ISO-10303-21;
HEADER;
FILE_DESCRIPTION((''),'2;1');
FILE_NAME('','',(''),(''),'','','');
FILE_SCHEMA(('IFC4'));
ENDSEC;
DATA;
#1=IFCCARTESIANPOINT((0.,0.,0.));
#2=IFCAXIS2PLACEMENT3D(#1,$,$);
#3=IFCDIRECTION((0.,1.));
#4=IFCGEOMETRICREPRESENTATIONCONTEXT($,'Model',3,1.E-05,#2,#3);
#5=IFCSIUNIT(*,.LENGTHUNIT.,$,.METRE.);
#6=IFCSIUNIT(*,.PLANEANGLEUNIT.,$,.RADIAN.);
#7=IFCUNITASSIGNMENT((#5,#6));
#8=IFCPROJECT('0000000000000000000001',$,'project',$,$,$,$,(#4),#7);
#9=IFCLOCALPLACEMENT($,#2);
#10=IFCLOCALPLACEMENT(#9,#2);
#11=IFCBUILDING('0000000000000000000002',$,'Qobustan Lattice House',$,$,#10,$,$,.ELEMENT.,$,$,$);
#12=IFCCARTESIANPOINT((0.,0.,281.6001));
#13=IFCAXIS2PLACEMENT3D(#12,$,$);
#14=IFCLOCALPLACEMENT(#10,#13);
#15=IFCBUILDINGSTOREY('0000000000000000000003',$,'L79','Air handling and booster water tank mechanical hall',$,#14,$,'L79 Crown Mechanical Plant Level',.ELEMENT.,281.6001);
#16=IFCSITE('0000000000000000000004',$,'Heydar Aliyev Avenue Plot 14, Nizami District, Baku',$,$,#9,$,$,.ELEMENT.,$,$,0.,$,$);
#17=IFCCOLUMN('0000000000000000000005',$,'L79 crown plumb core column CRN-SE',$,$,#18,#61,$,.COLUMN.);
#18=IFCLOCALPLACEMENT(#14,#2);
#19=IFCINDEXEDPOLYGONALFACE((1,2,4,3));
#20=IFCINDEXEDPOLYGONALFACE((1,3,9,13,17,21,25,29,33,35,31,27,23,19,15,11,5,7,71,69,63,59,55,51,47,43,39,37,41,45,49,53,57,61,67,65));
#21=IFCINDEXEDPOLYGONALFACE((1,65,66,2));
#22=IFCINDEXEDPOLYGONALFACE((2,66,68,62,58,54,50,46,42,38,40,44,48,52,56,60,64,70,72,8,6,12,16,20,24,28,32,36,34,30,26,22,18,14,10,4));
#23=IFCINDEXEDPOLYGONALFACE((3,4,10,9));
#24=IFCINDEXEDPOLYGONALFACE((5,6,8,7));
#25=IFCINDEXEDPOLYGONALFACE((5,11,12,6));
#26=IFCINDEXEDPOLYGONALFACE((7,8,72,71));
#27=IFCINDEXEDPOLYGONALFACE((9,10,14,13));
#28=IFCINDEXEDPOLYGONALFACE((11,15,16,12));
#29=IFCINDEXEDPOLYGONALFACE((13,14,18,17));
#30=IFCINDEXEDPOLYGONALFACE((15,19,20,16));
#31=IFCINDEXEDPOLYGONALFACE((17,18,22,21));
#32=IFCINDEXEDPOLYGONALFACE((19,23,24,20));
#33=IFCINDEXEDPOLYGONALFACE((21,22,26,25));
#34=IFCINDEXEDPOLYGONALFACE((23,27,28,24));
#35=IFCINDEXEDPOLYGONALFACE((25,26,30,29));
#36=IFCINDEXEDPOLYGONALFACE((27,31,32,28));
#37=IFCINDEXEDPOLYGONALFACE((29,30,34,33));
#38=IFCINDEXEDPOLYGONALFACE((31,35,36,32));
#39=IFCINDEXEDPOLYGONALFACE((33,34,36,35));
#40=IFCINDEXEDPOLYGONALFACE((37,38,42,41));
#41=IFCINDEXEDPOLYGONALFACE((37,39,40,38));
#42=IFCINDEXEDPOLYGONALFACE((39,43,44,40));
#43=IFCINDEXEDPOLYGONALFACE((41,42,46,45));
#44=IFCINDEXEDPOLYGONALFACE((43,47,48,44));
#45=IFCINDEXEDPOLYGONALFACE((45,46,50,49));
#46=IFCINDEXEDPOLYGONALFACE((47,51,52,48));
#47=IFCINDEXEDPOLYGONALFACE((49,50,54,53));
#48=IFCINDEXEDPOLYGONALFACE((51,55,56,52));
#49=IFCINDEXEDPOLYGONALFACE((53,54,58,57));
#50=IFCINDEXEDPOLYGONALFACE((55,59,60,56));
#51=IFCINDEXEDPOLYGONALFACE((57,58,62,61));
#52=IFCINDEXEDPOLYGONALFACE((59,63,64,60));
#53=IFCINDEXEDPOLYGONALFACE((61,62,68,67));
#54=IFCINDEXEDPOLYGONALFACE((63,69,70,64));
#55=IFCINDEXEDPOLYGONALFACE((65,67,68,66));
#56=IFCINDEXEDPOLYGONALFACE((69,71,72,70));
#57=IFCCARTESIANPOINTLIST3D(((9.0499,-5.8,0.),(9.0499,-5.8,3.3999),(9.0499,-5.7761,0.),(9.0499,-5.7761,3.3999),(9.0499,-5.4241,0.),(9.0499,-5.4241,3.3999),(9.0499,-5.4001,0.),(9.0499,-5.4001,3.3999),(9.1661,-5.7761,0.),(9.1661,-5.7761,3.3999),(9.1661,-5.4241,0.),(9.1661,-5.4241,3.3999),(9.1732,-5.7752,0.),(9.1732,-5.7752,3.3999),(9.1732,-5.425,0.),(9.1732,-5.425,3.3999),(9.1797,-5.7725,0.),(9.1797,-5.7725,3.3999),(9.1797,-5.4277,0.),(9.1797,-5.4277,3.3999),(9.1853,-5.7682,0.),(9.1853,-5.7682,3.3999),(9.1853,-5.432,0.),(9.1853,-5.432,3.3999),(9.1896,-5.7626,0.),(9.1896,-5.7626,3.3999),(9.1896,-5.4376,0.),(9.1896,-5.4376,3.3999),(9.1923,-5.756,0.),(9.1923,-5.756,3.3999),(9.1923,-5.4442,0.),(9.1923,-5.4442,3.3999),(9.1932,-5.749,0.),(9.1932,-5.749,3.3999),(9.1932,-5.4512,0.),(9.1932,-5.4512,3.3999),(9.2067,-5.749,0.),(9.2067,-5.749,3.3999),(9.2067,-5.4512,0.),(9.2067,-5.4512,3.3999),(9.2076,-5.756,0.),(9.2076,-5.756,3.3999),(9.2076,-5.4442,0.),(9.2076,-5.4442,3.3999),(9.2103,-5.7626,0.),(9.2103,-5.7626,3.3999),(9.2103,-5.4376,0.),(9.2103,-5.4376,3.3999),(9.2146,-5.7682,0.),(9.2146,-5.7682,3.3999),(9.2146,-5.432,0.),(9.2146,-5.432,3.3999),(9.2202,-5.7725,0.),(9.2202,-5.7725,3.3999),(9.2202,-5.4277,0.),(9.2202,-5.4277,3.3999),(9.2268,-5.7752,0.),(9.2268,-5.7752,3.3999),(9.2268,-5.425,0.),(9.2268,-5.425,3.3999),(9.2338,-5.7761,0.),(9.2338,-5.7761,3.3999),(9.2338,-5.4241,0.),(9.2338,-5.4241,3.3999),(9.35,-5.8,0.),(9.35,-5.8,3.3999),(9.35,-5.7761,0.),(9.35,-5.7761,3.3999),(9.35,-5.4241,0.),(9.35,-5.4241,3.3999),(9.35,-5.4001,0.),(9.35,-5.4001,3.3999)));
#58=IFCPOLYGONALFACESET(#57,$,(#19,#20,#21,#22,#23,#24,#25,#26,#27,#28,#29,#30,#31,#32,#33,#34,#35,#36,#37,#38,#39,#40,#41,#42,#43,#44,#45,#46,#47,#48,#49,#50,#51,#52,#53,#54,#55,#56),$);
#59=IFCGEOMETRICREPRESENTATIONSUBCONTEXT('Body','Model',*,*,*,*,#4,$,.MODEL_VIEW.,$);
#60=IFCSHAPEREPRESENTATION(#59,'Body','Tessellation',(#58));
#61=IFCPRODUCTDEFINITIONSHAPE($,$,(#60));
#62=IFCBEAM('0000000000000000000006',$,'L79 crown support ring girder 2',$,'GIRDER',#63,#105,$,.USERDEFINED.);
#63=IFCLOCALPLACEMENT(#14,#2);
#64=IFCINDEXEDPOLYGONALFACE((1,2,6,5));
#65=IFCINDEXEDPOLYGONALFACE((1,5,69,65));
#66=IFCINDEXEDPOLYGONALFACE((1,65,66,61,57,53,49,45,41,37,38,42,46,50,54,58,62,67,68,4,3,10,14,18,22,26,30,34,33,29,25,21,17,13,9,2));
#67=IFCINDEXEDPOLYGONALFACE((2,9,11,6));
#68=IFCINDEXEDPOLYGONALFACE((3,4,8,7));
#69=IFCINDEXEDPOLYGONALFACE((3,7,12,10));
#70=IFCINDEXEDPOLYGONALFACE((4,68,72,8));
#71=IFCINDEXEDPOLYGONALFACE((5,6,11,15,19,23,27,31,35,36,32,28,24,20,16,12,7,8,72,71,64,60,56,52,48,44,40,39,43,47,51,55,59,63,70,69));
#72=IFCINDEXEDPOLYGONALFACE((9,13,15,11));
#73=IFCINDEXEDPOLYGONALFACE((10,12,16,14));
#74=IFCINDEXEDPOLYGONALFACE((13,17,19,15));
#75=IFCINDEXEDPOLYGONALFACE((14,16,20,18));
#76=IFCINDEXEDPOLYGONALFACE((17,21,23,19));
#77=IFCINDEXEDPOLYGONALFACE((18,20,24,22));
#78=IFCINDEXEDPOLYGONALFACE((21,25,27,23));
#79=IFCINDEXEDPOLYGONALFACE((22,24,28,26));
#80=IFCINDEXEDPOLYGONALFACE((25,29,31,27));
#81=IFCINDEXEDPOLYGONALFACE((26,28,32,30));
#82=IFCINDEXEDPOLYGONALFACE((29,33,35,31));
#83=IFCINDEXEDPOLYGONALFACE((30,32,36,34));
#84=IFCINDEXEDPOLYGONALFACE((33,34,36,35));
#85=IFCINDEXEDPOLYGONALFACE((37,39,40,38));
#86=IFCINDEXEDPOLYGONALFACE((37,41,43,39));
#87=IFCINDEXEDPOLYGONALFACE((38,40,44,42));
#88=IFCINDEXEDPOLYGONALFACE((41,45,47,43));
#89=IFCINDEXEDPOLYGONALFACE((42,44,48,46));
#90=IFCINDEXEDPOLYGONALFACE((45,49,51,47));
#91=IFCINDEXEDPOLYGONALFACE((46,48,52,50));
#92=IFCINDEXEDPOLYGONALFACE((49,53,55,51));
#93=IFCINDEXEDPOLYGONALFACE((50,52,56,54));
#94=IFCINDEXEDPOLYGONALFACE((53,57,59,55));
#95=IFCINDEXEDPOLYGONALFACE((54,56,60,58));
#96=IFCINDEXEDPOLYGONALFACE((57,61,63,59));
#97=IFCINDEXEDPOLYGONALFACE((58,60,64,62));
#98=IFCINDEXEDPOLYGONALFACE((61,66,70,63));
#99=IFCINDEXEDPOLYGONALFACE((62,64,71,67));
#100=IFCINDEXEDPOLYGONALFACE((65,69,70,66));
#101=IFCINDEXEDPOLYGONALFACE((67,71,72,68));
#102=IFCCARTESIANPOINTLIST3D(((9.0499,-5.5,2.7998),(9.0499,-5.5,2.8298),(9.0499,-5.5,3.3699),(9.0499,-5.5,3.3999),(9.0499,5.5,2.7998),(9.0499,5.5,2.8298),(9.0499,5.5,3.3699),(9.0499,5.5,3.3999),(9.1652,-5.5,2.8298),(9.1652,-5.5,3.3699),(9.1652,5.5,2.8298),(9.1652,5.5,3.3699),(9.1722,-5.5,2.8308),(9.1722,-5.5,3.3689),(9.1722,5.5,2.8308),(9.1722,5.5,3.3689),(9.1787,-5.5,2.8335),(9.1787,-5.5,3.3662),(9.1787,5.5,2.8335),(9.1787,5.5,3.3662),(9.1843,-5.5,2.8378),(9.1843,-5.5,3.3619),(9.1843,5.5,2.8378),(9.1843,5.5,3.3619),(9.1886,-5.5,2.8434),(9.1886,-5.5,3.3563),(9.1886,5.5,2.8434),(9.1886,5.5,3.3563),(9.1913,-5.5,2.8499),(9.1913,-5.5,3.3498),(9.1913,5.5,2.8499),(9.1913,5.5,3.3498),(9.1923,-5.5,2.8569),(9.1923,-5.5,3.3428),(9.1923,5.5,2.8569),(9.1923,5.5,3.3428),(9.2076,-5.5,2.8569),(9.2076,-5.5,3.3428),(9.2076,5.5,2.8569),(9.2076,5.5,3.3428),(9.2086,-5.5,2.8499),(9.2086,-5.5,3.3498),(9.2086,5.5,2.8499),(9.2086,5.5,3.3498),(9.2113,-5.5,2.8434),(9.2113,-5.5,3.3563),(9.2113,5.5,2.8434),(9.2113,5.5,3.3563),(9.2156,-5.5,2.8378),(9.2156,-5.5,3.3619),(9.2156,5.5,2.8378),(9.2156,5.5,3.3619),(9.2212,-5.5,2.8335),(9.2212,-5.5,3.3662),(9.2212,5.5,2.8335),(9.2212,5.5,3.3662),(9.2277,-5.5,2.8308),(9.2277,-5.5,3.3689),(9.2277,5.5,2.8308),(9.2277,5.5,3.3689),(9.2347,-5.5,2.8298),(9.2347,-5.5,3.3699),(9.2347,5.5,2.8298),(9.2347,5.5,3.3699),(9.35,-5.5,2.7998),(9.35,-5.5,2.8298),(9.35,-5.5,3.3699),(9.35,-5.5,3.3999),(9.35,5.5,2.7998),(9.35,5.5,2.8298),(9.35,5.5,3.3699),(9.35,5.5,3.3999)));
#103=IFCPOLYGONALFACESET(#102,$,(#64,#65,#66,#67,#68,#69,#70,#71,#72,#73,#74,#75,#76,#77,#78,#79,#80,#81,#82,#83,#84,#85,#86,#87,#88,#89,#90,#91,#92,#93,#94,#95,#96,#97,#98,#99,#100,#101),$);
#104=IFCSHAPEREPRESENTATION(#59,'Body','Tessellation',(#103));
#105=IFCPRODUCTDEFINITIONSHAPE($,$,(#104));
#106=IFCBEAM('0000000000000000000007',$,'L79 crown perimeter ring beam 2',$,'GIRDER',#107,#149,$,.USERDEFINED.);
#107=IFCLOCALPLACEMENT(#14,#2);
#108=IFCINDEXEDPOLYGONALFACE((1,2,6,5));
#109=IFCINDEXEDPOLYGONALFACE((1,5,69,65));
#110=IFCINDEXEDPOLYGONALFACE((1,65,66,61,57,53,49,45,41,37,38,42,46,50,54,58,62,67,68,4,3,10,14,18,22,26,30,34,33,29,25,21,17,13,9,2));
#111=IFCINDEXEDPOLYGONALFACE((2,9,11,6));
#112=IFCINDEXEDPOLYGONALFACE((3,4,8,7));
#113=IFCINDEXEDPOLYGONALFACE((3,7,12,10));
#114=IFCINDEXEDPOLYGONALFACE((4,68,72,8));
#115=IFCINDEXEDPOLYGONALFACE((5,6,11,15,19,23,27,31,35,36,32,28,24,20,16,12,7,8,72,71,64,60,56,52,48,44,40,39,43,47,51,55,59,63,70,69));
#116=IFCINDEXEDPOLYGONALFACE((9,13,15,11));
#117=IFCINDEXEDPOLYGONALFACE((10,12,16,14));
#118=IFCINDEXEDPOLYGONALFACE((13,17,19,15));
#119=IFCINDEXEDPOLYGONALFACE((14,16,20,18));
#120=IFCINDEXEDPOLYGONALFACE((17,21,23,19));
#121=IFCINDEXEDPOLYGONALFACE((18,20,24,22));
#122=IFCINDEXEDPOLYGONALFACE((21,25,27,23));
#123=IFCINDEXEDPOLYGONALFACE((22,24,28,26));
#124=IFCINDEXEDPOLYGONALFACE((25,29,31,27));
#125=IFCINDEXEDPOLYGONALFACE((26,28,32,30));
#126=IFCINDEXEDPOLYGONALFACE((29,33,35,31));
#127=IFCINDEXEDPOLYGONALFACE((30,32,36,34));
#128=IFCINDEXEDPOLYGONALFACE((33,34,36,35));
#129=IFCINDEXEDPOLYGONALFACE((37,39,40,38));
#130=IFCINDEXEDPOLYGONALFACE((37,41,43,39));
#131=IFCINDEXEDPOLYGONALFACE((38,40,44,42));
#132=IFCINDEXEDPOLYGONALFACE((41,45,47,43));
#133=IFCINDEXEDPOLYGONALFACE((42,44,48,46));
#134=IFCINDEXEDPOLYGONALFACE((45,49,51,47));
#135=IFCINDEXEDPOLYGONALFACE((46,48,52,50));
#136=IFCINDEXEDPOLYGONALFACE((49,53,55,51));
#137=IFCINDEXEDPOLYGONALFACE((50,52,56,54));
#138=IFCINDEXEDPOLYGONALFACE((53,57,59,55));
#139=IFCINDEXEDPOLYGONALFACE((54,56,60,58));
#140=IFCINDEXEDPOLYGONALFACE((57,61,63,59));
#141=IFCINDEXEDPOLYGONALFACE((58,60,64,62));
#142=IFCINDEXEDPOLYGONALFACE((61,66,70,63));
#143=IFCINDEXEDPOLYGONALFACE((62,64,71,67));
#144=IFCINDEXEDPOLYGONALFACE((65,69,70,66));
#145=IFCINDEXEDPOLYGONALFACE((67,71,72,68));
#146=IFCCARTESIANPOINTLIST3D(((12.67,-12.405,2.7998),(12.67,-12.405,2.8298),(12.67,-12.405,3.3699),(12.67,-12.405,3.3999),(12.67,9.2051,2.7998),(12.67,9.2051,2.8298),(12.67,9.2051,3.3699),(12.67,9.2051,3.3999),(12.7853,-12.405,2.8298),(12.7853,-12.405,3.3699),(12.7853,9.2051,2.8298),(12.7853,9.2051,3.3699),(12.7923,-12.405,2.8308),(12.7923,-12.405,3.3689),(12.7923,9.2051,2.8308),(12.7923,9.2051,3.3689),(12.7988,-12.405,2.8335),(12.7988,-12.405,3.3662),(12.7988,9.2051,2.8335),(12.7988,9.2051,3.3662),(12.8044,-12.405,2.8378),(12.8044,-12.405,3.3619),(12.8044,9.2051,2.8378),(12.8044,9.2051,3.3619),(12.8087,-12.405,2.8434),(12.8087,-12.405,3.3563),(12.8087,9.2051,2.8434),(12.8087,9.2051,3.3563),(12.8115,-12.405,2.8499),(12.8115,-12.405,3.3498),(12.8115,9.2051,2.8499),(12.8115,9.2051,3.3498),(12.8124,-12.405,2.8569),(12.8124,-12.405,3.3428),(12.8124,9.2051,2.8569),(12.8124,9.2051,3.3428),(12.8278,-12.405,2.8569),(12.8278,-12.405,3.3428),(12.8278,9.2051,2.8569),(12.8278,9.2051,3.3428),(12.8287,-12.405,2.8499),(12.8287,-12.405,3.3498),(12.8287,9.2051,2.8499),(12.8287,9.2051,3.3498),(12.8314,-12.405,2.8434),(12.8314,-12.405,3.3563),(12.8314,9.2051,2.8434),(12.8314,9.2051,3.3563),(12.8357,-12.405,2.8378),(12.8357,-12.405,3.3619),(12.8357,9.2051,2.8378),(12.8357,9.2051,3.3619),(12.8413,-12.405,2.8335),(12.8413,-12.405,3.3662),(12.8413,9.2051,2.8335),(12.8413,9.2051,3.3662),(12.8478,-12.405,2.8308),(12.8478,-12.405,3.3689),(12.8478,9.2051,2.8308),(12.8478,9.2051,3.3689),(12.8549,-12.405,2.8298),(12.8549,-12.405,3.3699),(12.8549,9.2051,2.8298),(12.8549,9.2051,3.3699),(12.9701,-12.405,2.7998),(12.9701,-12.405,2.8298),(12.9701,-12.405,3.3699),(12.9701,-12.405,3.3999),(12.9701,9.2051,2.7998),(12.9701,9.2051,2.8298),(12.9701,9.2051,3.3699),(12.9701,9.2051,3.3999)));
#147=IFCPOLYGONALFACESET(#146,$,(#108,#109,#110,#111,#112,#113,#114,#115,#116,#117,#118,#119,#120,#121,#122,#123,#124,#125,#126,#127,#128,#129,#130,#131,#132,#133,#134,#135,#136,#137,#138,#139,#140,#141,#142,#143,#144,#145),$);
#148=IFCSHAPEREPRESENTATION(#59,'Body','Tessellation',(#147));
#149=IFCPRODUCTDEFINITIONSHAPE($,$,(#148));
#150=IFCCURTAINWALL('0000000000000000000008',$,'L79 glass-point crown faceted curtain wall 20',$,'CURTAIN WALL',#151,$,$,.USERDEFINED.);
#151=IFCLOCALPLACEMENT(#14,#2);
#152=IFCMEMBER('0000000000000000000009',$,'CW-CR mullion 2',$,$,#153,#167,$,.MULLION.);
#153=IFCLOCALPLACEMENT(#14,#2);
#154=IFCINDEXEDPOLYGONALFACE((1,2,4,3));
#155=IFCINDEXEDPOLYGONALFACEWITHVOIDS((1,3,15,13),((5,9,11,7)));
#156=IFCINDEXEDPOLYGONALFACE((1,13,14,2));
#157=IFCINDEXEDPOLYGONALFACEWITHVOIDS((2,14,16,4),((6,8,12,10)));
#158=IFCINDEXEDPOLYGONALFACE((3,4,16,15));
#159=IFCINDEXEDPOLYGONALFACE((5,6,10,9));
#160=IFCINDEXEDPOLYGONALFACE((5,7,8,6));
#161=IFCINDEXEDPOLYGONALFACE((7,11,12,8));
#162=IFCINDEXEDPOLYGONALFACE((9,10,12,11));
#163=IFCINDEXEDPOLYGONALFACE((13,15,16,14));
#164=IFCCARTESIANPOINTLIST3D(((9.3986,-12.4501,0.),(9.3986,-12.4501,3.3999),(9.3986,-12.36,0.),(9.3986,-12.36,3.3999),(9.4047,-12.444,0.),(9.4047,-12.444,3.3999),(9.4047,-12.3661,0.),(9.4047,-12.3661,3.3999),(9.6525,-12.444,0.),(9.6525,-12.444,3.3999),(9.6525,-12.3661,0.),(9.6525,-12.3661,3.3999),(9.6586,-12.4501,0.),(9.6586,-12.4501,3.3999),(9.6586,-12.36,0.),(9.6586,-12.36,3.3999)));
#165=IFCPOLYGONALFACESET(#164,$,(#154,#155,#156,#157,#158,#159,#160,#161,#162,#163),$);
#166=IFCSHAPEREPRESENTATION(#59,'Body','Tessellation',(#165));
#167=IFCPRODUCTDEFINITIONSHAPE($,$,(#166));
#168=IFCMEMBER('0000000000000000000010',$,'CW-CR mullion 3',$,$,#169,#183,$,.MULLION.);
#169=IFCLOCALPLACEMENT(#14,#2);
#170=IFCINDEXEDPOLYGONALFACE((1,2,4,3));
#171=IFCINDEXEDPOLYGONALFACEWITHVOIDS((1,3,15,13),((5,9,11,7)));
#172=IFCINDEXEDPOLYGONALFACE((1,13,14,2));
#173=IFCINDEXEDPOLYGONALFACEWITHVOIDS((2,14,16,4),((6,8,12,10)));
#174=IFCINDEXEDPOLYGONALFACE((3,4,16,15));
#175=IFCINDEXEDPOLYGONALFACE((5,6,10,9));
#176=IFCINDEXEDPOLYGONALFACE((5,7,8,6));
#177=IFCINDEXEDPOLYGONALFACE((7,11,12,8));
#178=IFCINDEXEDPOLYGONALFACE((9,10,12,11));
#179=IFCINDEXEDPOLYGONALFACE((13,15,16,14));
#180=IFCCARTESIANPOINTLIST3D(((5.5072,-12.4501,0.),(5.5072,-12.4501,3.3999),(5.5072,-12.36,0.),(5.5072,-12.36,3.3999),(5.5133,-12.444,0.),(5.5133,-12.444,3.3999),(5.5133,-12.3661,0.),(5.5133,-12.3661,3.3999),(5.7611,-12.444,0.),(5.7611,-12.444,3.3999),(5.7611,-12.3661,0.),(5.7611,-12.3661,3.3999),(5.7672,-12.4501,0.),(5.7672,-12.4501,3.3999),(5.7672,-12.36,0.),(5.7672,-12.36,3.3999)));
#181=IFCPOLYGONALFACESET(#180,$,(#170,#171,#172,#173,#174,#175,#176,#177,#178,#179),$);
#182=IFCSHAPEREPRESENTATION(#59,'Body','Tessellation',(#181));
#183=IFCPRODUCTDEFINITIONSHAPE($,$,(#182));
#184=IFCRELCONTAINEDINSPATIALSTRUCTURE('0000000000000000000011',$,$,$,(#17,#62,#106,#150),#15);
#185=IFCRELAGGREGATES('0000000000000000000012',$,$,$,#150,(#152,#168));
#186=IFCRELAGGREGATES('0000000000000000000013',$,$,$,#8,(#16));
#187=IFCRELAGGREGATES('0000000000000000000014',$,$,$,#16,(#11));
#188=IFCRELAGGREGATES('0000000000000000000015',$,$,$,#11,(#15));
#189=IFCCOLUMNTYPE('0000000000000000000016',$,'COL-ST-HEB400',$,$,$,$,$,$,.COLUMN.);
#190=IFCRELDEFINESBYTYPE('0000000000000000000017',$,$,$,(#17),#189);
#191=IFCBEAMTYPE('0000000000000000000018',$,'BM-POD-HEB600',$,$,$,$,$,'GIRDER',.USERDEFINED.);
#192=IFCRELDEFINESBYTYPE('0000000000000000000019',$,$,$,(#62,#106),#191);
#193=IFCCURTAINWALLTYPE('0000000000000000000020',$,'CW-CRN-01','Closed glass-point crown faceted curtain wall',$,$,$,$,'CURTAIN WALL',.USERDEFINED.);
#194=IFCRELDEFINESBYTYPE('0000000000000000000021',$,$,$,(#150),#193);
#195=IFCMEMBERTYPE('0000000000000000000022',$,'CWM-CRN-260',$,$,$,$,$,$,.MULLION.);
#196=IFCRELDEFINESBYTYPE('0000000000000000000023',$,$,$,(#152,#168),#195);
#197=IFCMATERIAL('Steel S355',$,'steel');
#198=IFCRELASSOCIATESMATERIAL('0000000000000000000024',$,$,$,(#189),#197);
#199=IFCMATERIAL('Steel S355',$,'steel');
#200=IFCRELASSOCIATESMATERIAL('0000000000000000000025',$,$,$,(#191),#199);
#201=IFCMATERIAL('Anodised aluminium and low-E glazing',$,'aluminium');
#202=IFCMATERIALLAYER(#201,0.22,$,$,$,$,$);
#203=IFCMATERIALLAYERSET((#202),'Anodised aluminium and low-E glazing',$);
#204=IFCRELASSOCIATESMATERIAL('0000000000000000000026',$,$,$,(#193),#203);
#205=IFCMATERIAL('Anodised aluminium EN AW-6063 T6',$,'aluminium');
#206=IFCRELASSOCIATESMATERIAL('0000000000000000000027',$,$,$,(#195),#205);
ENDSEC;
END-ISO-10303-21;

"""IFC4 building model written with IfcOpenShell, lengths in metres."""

from ifc_helpers import new_model, si_unit, direction, frame, origin, origin_2d, place, context, subcontext, project, spatial, hollow_rectangle, i_section, extrude, material, layer, layer_set, material_profile, profile_set, type_object, element, aggregate, save


model = new_model("IFC4")

# Units and contexts
model_context = context("Model", 3, precision=1e-05, world=origin(), true_north=direction((0.0, 1.0)))
body_context = subcontext(model_context, "Body", "Model", "MODEL_VIEW")
ifc_project = project(units=[si_unit("LENGTHUNIT", "METRE"), si_unit("PLANEANGLEUNIT", "RADIAN")], contexts=[model_context])

# Site, building, storey
site_placement = place(None, origin())
site = spatial("IfcSite", under=ifc_project, at=site_placement, Name="Heydar Aliyev Avenue Plot 14, Nizami District, Baku", CompositionType="ELEMENT", RefElevation=0.0)
building_placement = place(site_placement, origin())
building = spatial("IfcBuilding", under=site, at=building_placement, Name="Qobustan Lattice House", CompositionType="ELEMENT")
storey_placement = place(building_placement, frame((0.0, 0.0, 281.6001)))
storey = spatial("IfcBuildingStorey", under=building, at=storey_placement, Name="L79", Description="Air handling and booster water tank mechanical hall", LongName="L79 Crown Mechanical Plant Level", CompositionType="ELEMENT", Elevation=281.6001)

# Column
ifc_material_1 = material(Name="Steel S355", Category="steel")
ifc_material_profile_1 = material_profile(ifc_material_1, i_section(OverallWidth=0.3, OverallDepth=0.3999, WebThickness=0.0134, FlangeThickness=0.0239, FilletRadius=0.0271, at=origin_2d()), Name="HEB400")
ifc_profile_set_1 = profile_set([ifc_material_profile_1], Name="Steel S355")
column_type = type_object("IfcColumnType", Name="COL-ST-HEB400", PredefinedType="COLUMN", material=ifc_profile_set_1)
column_placement = place(storey_placement, frame((9.2, -5.6001, 0.0), z_axis=(0.0, 0.0, 1.0), x_axis=(1.0, 0.0, 0.0)))
element("IfcColumn", 1, at=column_placement, inside=storey, type_object=column_type, Name="L79 crown plumb core column CRN-SE", PredefinedType="COLUMN", context=body_context, shape_type="SweptSolid", body=[
    extrude(i_section(OverallWidth=0.3, OverallDepth=0.3999, WebThickness=0.0134, FlangeThickness=0.0239, FilletRadius=0.0271, at=origin_2d()), origin(), (0.0, 0.0, 1.0), 3.3999),
])

# Beams
ifc_material_2 = material(Name="Steel S355", Category="steel")
ifc_material_profile_2 = material_profile(ifc_material_2, i_section(OverallWidth=0.3, OverallDepth=0.6001, WebThickness=0.0154, FlangeThickness=0.03, FilletRadius=0.0271, at=origin_2d()), Name="HEB600")
ifc_profile_set_2 = profile_set([ifc_material_profile_2], Name="Steel S355")
beam_type = type_object("IfcBeamType", Name="BM-POD-HEB600", ElementType="GIRDER", PredefinedType="USERDEFINED", material=ifc_profile_set_2)
beam_1_placement = place(storey_placement, frame((9.2, -5.5, 3.0999), z_axis=(0.0, 1.0, 0.0), x_axis=(-1.0, 0.0, 0.0)))
element("IfcBeam", 2, at=beam_1_placement, inside=storey, type_object=beam_type, Name="L79 crown support ring girder 2", ObjectType="GIRDER", PredefinedType="USERDEFINED", context=body_context, shape_type="SweptSolid", body=[
    extrude(i_section(OverallWidth=0.3, OverallDepth=0.6001, WebThickness=0.0154, FlangeThickness=0.03, FilletRadius=0.0271, at=origin_2d()), origin(), (0.0, 0.0, 1.0), 11.0),
])
beam_2_placement = place(storey_placement, frame((12.8201, -12.405, 3.0999), z_axis=(0.0, 1.0, 0.0), x_axis=(-1.0, 0.0, 0.0)))
element("IfcBeam", 3, at=beam_2_placement, inside=storey, type_object=beam_type, Name="L79 crown perimeter ring beam 2", ObjectType="GIRDER", PredefinedType="USERDEFINED", context=body_context, shape_type="SweptSolid", body=[
    extrude(i_section(OverallWidth=0.3, OverallDepth=0.6001, WebThickness=0.0154, FlangeThickness=0.03, FilletRadius=0.0271, at=origin_2d()), origin(), (0.0, 0.0, 1.0), 21.6101),
])

# Curtain wall, members
ifc_material_3 = material(Name="Anodised aluminium and low-E glazing", Category="aluminium")
ifc_layer_1 = layer(ifc_material_3, 0.22)
ifc_layer_set_1 = layer_set([ifc_layer_1], Name="Anodised aluminium and low-E glazing")
curtain_wall_type = type_object("IfcCurtainWallType", Name="CW-CRN-01", Description="Closed glass-point crown faceted curtain wall", ElementType="CURTAIN WALL", PredefinedType="USERDEFINED", material=ifc_layer_set_1)
curtain_wall_placement = place(storey_placement, origin())
curtain_wall = element("IfcCurtainWall", 4, at=curtain_wall_placement, inside=storey, type_object=curtain_wall_type, Name="L79 glass-point crown faceted curtain wall 20", ObjectType="CURTAIN WALL", PredefinedType="USERDEFINED")
ifc_material_4 = material(Name="Anodised aluminium EN AW-6063 T6", Category="aluminium")
ifc_material_profile_3 = material_profile(ifc_material_4, hollow_rectangle(XDim=0.0901, YDim=0.26, WallThickness=0.0061, at=origin_2d()), Name="CWM-CROWN-260x90")
ifc_profile_set_3 = profile_set([ifc_material_profile_3], Name="Anodised aluminium EN AW-6063 T6")
member_type_1 = type_object("IfcMemberType", Name="CWM-CRN-260", PredefinedType="MULLION", material=ifc_profile_set_3)
member_1_placement = place(storey_placement, frame((9.5286, -12.405, 0.0), z_axis=(0.0, 0.0, 1.0), x_axis=(0.0, -1.0, 0.0)))
member_1 = element("IfcMember", 5, at=member_1_placement, type_object=member_type_1, Name="CW-CR mullion 2", PredefinedType="MULLION", context=body_context, shape_type="SweptSolid", body=[
    extrude(hollow_rectangle(XDim=0.0901, YDim=0.26, WallThickness=0.0061, at=origin_2d()), origin(), (0.0, 0.0, 1.0), 3.3999),
])
member_2_placement = place(storey_placement, frame((5.6372, -12.405, 0.0), z_axis=(0.0, 0.0, 1.0), x_axis=(0.0, -1.0, 0.0)))
member_2 = element("IfcMember", 6, at=member_2_placement, type_object=member_type_1, Name="CW-CR mullion 3", PredefinedType="MULLION", context=body_context, shape_type="SweptSolid", body=[
    extrude(hollow_rectangle(XDim=0.0901, YDim=0.26, WallThickness=0.0061, at=origin_2d()), origin(), (0.0, 0.0, 1.0), 3.3999),
])

aggregate(curtain_wall, [member_1, member_2])

save(model, "model.ifc")
